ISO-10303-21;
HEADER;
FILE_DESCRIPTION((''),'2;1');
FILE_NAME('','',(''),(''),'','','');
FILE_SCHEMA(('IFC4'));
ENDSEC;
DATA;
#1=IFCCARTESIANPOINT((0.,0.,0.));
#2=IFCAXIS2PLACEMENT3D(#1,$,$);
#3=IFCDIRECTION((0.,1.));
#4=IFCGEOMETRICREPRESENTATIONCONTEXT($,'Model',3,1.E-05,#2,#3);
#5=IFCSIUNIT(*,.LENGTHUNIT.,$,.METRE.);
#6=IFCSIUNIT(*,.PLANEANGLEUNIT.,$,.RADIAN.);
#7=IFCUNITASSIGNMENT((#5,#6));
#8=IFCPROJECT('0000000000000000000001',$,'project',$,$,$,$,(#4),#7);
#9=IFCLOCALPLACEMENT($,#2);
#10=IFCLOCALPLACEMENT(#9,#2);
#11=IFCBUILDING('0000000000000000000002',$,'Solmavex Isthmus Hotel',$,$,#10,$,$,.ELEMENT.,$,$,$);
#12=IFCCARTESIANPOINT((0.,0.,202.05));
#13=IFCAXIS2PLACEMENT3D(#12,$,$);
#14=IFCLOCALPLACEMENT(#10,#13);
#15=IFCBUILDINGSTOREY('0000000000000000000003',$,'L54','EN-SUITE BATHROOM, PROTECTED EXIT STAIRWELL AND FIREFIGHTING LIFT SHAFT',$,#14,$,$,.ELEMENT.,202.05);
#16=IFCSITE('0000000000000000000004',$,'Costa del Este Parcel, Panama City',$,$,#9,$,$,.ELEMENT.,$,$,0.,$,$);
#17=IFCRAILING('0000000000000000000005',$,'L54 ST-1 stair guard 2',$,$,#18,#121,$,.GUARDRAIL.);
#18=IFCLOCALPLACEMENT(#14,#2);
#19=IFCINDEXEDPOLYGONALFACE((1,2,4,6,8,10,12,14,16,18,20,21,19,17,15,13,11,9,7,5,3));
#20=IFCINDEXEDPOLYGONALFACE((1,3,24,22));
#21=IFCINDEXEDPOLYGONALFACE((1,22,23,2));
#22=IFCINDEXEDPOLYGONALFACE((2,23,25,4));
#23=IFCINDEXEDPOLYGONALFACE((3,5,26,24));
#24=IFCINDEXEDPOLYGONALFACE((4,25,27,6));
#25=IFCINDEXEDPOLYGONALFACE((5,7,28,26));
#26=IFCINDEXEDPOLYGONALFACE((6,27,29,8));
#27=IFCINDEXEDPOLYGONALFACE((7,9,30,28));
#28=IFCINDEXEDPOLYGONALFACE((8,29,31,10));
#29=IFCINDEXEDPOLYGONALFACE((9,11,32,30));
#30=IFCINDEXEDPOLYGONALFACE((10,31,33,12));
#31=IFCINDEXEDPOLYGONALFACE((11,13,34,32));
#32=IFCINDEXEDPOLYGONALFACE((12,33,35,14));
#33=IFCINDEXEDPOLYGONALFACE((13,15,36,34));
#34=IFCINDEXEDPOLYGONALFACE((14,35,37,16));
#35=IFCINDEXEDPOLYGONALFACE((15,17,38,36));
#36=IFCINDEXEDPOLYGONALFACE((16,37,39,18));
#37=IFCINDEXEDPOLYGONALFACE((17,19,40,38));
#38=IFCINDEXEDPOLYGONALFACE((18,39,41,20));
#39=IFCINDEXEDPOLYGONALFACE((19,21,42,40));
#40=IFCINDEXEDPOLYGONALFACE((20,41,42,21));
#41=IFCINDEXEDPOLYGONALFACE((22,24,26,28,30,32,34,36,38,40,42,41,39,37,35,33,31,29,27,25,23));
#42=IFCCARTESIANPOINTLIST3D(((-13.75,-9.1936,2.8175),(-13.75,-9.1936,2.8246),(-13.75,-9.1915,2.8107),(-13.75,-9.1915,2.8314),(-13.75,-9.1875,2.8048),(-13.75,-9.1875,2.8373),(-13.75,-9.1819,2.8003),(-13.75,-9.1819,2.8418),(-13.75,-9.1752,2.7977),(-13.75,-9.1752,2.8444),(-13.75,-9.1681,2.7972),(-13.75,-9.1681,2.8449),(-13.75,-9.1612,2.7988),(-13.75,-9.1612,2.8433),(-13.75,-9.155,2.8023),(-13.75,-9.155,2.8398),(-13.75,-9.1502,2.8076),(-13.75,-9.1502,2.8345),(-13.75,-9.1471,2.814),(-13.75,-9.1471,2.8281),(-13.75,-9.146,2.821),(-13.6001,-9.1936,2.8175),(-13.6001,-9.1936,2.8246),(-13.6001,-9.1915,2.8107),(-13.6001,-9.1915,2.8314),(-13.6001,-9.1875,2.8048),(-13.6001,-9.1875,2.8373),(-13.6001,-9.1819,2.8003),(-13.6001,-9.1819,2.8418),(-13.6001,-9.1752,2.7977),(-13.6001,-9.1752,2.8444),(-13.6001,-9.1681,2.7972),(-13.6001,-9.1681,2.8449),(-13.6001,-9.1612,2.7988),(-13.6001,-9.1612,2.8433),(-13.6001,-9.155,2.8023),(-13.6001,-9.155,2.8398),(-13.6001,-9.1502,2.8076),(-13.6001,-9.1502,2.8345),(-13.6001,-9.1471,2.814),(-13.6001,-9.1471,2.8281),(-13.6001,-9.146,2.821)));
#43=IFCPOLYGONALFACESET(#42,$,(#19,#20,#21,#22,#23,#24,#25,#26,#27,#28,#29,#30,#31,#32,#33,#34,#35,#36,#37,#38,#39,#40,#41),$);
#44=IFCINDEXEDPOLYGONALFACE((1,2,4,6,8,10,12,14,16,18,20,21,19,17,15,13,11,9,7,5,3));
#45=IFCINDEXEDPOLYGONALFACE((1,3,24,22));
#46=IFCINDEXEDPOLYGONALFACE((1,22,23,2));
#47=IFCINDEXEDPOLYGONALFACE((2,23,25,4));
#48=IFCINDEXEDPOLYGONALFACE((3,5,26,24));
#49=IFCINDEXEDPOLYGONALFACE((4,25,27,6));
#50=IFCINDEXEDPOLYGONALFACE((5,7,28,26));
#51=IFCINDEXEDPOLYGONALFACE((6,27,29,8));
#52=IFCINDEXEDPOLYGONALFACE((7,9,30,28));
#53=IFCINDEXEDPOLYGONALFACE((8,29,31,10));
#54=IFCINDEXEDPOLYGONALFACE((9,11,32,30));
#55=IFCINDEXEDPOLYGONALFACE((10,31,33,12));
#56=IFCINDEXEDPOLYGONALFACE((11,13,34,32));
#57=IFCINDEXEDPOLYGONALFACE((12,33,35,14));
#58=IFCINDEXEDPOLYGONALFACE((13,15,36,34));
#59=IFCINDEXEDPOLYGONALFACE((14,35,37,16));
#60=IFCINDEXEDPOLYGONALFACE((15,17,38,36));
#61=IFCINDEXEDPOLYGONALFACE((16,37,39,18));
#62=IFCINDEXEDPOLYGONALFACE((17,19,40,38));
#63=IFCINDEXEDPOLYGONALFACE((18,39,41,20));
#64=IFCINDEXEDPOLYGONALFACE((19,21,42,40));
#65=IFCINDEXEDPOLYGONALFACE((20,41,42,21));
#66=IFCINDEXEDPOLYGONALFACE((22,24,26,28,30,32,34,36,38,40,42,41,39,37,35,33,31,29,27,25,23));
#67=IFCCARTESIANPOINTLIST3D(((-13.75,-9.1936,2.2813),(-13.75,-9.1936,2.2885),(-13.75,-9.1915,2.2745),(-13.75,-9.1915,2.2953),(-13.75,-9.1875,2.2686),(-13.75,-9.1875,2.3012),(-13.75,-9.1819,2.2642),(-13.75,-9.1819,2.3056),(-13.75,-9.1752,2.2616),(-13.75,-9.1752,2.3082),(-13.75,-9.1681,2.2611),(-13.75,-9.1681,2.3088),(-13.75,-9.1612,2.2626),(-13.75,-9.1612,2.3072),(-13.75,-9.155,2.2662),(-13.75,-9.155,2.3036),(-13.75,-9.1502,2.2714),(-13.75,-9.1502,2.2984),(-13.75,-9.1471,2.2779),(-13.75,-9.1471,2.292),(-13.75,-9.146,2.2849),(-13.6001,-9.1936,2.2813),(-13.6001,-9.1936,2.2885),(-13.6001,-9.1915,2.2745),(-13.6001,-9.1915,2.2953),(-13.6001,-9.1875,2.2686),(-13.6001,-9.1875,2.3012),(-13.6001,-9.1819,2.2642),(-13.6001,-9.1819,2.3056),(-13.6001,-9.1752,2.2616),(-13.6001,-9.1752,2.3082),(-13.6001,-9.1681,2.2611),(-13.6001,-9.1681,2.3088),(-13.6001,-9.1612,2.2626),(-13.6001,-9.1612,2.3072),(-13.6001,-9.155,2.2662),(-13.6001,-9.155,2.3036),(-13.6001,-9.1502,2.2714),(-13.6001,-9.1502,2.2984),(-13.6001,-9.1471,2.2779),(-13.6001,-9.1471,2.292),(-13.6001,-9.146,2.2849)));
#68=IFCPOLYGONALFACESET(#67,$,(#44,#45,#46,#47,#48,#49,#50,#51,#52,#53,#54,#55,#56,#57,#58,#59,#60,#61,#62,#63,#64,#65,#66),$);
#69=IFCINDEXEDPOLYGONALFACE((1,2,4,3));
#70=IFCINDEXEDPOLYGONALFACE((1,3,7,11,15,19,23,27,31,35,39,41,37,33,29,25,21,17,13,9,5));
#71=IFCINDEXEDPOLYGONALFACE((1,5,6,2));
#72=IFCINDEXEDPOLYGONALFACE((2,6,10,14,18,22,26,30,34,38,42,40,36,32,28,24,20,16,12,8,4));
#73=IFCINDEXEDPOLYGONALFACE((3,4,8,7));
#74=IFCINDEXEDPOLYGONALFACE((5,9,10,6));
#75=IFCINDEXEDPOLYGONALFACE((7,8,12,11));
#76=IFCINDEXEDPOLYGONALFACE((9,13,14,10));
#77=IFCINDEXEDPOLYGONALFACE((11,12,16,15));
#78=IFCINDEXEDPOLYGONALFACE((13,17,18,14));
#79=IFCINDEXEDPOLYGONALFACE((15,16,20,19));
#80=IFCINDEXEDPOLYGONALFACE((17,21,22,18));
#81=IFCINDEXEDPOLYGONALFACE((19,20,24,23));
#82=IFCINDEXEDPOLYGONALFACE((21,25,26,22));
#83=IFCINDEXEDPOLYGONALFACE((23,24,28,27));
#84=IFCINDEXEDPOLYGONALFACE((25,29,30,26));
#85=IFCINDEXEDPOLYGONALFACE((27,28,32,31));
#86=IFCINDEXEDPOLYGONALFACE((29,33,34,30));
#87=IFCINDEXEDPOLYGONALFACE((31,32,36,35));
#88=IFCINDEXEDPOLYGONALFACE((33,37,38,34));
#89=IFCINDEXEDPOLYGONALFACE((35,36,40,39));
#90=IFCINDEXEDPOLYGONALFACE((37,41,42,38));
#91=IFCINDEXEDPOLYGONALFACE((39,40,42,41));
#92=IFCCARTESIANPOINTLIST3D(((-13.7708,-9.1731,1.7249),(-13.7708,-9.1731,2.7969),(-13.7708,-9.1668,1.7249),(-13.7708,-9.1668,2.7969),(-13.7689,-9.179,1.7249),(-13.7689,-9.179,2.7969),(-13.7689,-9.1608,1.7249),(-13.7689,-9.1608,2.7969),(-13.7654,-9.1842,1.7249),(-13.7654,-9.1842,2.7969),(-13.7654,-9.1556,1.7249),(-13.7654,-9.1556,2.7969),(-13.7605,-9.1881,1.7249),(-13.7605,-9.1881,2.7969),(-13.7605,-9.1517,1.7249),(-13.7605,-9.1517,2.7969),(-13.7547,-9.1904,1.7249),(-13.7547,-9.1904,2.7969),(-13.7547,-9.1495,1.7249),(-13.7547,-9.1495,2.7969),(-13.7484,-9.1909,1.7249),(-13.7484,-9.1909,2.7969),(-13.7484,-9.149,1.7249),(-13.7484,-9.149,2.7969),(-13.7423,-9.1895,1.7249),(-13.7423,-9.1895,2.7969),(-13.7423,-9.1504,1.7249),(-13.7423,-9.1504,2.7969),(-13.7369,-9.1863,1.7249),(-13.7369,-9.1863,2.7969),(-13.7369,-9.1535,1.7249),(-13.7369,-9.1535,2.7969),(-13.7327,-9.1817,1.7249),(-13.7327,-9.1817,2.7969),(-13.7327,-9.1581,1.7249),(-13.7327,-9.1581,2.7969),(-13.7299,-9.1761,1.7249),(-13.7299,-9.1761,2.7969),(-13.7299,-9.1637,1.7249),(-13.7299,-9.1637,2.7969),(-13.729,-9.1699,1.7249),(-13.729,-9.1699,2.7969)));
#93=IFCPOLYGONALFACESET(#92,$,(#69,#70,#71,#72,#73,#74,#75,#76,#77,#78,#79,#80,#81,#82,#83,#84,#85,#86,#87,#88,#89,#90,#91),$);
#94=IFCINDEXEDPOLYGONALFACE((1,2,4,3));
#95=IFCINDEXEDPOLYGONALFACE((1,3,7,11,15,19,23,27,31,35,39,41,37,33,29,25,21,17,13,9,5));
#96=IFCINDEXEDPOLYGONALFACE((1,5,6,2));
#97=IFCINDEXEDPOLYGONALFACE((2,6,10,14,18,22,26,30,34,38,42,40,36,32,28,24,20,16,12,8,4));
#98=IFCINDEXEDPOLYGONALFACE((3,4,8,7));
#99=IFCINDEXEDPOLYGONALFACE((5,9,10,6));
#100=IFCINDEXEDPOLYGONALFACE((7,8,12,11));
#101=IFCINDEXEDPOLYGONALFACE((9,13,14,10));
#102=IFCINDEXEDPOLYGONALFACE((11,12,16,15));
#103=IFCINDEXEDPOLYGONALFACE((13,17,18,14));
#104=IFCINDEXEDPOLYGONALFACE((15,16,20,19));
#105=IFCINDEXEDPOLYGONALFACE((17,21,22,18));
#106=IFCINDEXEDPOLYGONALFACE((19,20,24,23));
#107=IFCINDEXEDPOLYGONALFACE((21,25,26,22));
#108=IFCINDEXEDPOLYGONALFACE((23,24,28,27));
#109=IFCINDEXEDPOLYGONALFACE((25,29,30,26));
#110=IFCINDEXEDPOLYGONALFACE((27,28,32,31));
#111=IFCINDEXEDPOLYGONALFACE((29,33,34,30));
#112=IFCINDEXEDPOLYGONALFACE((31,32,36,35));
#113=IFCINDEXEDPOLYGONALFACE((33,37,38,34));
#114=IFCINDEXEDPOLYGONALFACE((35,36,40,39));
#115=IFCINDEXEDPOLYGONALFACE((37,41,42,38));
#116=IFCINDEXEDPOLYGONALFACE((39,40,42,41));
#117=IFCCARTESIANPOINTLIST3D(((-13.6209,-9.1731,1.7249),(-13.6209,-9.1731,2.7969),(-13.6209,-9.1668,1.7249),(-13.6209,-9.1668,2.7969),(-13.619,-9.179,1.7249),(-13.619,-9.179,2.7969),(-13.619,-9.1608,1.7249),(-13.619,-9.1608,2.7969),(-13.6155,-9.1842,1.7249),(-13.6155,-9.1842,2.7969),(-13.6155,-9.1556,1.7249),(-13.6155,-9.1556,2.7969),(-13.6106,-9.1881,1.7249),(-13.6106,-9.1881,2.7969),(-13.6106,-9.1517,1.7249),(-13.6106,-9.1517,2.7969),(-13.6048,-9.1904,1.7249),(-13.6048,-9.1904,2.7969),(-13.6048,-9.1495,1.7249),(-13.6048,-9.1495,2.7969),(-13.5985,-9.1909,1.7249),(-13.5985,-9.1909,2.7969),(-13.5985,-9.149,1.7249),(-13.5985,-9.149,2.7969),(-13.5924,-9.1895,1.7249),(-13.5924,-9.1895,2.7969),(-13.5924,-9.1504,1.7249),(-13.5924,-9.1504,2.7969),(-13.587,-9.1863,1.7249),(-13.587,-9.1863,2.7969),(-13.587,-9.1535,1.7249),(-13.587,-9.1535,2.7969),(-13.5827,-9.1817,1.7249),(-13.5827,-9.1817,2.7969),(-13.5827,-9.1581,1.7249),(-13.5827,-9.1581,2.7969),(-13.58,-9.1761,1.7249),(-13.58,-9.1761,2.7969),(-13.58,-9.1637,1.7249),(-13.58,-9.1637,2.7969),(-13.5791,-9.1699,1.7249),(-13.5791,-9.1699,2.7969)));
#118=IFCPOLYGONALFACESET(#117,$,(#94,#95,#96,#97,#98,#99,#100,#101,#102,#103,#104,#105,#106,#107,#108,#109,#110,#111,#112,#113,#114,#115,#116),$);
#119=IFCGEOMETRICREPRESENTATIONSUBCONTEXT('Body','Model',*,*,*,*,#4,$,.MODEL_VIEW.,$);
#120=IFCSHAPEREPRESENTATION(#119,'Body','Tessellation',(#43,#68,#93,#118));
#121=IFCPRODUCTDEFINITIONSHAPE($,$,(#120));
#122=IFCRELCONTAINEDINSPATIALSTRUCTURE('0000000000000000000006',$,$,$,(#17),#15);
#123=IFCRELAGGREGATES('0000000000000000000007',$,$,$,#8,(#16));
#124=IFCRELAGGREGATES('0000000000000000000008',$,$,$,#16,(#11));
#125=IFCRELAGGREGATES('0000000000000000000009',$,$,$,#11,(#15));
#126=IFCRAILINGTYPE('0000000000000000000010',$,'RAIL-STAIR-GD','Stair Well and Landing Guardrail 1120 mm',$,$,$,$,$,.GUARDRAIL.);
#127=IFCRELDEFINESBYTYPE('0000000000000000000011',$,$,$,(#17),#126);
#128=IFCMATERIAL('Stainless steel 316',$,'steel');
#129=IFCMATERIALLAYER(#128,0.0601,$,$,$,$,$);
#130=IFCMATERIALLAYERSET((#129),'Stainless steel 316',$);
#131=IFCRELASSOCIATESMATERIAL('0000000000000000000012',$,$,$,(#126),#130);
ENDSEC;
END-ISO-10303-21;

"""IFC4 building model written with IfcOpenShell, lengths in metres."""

from ifc_helpers import new_model, si_unit, direction, frame, origin, origin_2d, place, context, subcontext, project, spatial, circle, extrude, material, layer, layer_set, type_object, element, save


model = new_model("IFC4")

# Units and contexts
model_context = context("Model", 3, precision=1e-05, world=origin(), true_north=direction((0.0, 1.0)))
body_context = subcontext(model_context, "Body", "Model", "MODEL_VIEW")
ifc_project = project(units=[si_unit("LENGTHUNIT", "METRE"), si_unit("PLANEANGLEUNIT", "RADIAN")], contexts=[model_context])

# Site, building, storey
site_placement = place(None, origin())
site = spatial("IfcSite", under=ifc_project, at=site_placement, Name="Costa del Este Parcel, Panama City", CompositionType="ELEMENT", RefElevation=0.0)
building_placement = place(site_placement, origin())
building = spatial("IfcBuilding", under=site, at=building_placement, Name="Solmavex Isthmus Hotel", CompositionType="ELEMENT")
storey_placement = place(building_placement, frame((0.0, 0.0, 202.05)))
storey = spatial("IfcBuildingStorey", under=building, at=storey_placement, Name="L54", Description="EN-SUITE BATHROOM, PROTECTED EXIT STAIRWELL AND FIREFIGHTING LIFT SHAFT", CompositionType="ELEMENT", Elevation=202.05)

# Railing
ifc_material_1 = material(Name="Stainless steel 316", Category="steel")
ifc_layer_1 = layer(ifc_material_1, 0.0601)
ifc_layer_set_1 = layer_set([ifc_layer_1], Name="Stainless steel 316")
railing_type = type_object("IfcRailingType", Name="RAIL-STAIR-GD", Description="Stair Well and Landing Guardrail 1120 mm", PredefinedType="GUARDRAIL", material=ifc_layer_set_1)
railing_1_placement = place(storey_placement, frame((-13.75, -9.1699, 1.7249)))
element("IfcRailing", 1, at=railing_1_placement, inside=storey, type_object=railing_type, Name="L54 ST-1 stair guard 2", PredefinedType="GUARDRAIL", context=body_context, shape_type="SweptSolid", body=[
    extrude(circle(Radius=0.0239, at=origin_2d()), frame((0.0, 0.0, 1.0962), z_axis=(1.0, 0.0, 0.0), x_axis=(0.0, 1.0, 0.0)), (0.0, 0.0, 1.0), 0.1499),
    extrude(circle(Radius=0.0239, at=origin_2d()), frame((0.0, 0.0, 0.5601), z_axis=(1.0, 0.0, 0.0), x_axis=(0.0, 1.0, 0.0)), (0.0, 0.0, 1.0), 0.1499),
    extrude(circle(Radius=0.021, at=origin_2d()), origin(), (0.0, 0.0, 1.0), 1.072),
    extrude(circle(Radius=0.021, at=origin_2d()), frame((0.1499, 0.0, 0.0)), (0.0, 0.0, 1.0), 1.072),
])

save(model, "model.ifc")
